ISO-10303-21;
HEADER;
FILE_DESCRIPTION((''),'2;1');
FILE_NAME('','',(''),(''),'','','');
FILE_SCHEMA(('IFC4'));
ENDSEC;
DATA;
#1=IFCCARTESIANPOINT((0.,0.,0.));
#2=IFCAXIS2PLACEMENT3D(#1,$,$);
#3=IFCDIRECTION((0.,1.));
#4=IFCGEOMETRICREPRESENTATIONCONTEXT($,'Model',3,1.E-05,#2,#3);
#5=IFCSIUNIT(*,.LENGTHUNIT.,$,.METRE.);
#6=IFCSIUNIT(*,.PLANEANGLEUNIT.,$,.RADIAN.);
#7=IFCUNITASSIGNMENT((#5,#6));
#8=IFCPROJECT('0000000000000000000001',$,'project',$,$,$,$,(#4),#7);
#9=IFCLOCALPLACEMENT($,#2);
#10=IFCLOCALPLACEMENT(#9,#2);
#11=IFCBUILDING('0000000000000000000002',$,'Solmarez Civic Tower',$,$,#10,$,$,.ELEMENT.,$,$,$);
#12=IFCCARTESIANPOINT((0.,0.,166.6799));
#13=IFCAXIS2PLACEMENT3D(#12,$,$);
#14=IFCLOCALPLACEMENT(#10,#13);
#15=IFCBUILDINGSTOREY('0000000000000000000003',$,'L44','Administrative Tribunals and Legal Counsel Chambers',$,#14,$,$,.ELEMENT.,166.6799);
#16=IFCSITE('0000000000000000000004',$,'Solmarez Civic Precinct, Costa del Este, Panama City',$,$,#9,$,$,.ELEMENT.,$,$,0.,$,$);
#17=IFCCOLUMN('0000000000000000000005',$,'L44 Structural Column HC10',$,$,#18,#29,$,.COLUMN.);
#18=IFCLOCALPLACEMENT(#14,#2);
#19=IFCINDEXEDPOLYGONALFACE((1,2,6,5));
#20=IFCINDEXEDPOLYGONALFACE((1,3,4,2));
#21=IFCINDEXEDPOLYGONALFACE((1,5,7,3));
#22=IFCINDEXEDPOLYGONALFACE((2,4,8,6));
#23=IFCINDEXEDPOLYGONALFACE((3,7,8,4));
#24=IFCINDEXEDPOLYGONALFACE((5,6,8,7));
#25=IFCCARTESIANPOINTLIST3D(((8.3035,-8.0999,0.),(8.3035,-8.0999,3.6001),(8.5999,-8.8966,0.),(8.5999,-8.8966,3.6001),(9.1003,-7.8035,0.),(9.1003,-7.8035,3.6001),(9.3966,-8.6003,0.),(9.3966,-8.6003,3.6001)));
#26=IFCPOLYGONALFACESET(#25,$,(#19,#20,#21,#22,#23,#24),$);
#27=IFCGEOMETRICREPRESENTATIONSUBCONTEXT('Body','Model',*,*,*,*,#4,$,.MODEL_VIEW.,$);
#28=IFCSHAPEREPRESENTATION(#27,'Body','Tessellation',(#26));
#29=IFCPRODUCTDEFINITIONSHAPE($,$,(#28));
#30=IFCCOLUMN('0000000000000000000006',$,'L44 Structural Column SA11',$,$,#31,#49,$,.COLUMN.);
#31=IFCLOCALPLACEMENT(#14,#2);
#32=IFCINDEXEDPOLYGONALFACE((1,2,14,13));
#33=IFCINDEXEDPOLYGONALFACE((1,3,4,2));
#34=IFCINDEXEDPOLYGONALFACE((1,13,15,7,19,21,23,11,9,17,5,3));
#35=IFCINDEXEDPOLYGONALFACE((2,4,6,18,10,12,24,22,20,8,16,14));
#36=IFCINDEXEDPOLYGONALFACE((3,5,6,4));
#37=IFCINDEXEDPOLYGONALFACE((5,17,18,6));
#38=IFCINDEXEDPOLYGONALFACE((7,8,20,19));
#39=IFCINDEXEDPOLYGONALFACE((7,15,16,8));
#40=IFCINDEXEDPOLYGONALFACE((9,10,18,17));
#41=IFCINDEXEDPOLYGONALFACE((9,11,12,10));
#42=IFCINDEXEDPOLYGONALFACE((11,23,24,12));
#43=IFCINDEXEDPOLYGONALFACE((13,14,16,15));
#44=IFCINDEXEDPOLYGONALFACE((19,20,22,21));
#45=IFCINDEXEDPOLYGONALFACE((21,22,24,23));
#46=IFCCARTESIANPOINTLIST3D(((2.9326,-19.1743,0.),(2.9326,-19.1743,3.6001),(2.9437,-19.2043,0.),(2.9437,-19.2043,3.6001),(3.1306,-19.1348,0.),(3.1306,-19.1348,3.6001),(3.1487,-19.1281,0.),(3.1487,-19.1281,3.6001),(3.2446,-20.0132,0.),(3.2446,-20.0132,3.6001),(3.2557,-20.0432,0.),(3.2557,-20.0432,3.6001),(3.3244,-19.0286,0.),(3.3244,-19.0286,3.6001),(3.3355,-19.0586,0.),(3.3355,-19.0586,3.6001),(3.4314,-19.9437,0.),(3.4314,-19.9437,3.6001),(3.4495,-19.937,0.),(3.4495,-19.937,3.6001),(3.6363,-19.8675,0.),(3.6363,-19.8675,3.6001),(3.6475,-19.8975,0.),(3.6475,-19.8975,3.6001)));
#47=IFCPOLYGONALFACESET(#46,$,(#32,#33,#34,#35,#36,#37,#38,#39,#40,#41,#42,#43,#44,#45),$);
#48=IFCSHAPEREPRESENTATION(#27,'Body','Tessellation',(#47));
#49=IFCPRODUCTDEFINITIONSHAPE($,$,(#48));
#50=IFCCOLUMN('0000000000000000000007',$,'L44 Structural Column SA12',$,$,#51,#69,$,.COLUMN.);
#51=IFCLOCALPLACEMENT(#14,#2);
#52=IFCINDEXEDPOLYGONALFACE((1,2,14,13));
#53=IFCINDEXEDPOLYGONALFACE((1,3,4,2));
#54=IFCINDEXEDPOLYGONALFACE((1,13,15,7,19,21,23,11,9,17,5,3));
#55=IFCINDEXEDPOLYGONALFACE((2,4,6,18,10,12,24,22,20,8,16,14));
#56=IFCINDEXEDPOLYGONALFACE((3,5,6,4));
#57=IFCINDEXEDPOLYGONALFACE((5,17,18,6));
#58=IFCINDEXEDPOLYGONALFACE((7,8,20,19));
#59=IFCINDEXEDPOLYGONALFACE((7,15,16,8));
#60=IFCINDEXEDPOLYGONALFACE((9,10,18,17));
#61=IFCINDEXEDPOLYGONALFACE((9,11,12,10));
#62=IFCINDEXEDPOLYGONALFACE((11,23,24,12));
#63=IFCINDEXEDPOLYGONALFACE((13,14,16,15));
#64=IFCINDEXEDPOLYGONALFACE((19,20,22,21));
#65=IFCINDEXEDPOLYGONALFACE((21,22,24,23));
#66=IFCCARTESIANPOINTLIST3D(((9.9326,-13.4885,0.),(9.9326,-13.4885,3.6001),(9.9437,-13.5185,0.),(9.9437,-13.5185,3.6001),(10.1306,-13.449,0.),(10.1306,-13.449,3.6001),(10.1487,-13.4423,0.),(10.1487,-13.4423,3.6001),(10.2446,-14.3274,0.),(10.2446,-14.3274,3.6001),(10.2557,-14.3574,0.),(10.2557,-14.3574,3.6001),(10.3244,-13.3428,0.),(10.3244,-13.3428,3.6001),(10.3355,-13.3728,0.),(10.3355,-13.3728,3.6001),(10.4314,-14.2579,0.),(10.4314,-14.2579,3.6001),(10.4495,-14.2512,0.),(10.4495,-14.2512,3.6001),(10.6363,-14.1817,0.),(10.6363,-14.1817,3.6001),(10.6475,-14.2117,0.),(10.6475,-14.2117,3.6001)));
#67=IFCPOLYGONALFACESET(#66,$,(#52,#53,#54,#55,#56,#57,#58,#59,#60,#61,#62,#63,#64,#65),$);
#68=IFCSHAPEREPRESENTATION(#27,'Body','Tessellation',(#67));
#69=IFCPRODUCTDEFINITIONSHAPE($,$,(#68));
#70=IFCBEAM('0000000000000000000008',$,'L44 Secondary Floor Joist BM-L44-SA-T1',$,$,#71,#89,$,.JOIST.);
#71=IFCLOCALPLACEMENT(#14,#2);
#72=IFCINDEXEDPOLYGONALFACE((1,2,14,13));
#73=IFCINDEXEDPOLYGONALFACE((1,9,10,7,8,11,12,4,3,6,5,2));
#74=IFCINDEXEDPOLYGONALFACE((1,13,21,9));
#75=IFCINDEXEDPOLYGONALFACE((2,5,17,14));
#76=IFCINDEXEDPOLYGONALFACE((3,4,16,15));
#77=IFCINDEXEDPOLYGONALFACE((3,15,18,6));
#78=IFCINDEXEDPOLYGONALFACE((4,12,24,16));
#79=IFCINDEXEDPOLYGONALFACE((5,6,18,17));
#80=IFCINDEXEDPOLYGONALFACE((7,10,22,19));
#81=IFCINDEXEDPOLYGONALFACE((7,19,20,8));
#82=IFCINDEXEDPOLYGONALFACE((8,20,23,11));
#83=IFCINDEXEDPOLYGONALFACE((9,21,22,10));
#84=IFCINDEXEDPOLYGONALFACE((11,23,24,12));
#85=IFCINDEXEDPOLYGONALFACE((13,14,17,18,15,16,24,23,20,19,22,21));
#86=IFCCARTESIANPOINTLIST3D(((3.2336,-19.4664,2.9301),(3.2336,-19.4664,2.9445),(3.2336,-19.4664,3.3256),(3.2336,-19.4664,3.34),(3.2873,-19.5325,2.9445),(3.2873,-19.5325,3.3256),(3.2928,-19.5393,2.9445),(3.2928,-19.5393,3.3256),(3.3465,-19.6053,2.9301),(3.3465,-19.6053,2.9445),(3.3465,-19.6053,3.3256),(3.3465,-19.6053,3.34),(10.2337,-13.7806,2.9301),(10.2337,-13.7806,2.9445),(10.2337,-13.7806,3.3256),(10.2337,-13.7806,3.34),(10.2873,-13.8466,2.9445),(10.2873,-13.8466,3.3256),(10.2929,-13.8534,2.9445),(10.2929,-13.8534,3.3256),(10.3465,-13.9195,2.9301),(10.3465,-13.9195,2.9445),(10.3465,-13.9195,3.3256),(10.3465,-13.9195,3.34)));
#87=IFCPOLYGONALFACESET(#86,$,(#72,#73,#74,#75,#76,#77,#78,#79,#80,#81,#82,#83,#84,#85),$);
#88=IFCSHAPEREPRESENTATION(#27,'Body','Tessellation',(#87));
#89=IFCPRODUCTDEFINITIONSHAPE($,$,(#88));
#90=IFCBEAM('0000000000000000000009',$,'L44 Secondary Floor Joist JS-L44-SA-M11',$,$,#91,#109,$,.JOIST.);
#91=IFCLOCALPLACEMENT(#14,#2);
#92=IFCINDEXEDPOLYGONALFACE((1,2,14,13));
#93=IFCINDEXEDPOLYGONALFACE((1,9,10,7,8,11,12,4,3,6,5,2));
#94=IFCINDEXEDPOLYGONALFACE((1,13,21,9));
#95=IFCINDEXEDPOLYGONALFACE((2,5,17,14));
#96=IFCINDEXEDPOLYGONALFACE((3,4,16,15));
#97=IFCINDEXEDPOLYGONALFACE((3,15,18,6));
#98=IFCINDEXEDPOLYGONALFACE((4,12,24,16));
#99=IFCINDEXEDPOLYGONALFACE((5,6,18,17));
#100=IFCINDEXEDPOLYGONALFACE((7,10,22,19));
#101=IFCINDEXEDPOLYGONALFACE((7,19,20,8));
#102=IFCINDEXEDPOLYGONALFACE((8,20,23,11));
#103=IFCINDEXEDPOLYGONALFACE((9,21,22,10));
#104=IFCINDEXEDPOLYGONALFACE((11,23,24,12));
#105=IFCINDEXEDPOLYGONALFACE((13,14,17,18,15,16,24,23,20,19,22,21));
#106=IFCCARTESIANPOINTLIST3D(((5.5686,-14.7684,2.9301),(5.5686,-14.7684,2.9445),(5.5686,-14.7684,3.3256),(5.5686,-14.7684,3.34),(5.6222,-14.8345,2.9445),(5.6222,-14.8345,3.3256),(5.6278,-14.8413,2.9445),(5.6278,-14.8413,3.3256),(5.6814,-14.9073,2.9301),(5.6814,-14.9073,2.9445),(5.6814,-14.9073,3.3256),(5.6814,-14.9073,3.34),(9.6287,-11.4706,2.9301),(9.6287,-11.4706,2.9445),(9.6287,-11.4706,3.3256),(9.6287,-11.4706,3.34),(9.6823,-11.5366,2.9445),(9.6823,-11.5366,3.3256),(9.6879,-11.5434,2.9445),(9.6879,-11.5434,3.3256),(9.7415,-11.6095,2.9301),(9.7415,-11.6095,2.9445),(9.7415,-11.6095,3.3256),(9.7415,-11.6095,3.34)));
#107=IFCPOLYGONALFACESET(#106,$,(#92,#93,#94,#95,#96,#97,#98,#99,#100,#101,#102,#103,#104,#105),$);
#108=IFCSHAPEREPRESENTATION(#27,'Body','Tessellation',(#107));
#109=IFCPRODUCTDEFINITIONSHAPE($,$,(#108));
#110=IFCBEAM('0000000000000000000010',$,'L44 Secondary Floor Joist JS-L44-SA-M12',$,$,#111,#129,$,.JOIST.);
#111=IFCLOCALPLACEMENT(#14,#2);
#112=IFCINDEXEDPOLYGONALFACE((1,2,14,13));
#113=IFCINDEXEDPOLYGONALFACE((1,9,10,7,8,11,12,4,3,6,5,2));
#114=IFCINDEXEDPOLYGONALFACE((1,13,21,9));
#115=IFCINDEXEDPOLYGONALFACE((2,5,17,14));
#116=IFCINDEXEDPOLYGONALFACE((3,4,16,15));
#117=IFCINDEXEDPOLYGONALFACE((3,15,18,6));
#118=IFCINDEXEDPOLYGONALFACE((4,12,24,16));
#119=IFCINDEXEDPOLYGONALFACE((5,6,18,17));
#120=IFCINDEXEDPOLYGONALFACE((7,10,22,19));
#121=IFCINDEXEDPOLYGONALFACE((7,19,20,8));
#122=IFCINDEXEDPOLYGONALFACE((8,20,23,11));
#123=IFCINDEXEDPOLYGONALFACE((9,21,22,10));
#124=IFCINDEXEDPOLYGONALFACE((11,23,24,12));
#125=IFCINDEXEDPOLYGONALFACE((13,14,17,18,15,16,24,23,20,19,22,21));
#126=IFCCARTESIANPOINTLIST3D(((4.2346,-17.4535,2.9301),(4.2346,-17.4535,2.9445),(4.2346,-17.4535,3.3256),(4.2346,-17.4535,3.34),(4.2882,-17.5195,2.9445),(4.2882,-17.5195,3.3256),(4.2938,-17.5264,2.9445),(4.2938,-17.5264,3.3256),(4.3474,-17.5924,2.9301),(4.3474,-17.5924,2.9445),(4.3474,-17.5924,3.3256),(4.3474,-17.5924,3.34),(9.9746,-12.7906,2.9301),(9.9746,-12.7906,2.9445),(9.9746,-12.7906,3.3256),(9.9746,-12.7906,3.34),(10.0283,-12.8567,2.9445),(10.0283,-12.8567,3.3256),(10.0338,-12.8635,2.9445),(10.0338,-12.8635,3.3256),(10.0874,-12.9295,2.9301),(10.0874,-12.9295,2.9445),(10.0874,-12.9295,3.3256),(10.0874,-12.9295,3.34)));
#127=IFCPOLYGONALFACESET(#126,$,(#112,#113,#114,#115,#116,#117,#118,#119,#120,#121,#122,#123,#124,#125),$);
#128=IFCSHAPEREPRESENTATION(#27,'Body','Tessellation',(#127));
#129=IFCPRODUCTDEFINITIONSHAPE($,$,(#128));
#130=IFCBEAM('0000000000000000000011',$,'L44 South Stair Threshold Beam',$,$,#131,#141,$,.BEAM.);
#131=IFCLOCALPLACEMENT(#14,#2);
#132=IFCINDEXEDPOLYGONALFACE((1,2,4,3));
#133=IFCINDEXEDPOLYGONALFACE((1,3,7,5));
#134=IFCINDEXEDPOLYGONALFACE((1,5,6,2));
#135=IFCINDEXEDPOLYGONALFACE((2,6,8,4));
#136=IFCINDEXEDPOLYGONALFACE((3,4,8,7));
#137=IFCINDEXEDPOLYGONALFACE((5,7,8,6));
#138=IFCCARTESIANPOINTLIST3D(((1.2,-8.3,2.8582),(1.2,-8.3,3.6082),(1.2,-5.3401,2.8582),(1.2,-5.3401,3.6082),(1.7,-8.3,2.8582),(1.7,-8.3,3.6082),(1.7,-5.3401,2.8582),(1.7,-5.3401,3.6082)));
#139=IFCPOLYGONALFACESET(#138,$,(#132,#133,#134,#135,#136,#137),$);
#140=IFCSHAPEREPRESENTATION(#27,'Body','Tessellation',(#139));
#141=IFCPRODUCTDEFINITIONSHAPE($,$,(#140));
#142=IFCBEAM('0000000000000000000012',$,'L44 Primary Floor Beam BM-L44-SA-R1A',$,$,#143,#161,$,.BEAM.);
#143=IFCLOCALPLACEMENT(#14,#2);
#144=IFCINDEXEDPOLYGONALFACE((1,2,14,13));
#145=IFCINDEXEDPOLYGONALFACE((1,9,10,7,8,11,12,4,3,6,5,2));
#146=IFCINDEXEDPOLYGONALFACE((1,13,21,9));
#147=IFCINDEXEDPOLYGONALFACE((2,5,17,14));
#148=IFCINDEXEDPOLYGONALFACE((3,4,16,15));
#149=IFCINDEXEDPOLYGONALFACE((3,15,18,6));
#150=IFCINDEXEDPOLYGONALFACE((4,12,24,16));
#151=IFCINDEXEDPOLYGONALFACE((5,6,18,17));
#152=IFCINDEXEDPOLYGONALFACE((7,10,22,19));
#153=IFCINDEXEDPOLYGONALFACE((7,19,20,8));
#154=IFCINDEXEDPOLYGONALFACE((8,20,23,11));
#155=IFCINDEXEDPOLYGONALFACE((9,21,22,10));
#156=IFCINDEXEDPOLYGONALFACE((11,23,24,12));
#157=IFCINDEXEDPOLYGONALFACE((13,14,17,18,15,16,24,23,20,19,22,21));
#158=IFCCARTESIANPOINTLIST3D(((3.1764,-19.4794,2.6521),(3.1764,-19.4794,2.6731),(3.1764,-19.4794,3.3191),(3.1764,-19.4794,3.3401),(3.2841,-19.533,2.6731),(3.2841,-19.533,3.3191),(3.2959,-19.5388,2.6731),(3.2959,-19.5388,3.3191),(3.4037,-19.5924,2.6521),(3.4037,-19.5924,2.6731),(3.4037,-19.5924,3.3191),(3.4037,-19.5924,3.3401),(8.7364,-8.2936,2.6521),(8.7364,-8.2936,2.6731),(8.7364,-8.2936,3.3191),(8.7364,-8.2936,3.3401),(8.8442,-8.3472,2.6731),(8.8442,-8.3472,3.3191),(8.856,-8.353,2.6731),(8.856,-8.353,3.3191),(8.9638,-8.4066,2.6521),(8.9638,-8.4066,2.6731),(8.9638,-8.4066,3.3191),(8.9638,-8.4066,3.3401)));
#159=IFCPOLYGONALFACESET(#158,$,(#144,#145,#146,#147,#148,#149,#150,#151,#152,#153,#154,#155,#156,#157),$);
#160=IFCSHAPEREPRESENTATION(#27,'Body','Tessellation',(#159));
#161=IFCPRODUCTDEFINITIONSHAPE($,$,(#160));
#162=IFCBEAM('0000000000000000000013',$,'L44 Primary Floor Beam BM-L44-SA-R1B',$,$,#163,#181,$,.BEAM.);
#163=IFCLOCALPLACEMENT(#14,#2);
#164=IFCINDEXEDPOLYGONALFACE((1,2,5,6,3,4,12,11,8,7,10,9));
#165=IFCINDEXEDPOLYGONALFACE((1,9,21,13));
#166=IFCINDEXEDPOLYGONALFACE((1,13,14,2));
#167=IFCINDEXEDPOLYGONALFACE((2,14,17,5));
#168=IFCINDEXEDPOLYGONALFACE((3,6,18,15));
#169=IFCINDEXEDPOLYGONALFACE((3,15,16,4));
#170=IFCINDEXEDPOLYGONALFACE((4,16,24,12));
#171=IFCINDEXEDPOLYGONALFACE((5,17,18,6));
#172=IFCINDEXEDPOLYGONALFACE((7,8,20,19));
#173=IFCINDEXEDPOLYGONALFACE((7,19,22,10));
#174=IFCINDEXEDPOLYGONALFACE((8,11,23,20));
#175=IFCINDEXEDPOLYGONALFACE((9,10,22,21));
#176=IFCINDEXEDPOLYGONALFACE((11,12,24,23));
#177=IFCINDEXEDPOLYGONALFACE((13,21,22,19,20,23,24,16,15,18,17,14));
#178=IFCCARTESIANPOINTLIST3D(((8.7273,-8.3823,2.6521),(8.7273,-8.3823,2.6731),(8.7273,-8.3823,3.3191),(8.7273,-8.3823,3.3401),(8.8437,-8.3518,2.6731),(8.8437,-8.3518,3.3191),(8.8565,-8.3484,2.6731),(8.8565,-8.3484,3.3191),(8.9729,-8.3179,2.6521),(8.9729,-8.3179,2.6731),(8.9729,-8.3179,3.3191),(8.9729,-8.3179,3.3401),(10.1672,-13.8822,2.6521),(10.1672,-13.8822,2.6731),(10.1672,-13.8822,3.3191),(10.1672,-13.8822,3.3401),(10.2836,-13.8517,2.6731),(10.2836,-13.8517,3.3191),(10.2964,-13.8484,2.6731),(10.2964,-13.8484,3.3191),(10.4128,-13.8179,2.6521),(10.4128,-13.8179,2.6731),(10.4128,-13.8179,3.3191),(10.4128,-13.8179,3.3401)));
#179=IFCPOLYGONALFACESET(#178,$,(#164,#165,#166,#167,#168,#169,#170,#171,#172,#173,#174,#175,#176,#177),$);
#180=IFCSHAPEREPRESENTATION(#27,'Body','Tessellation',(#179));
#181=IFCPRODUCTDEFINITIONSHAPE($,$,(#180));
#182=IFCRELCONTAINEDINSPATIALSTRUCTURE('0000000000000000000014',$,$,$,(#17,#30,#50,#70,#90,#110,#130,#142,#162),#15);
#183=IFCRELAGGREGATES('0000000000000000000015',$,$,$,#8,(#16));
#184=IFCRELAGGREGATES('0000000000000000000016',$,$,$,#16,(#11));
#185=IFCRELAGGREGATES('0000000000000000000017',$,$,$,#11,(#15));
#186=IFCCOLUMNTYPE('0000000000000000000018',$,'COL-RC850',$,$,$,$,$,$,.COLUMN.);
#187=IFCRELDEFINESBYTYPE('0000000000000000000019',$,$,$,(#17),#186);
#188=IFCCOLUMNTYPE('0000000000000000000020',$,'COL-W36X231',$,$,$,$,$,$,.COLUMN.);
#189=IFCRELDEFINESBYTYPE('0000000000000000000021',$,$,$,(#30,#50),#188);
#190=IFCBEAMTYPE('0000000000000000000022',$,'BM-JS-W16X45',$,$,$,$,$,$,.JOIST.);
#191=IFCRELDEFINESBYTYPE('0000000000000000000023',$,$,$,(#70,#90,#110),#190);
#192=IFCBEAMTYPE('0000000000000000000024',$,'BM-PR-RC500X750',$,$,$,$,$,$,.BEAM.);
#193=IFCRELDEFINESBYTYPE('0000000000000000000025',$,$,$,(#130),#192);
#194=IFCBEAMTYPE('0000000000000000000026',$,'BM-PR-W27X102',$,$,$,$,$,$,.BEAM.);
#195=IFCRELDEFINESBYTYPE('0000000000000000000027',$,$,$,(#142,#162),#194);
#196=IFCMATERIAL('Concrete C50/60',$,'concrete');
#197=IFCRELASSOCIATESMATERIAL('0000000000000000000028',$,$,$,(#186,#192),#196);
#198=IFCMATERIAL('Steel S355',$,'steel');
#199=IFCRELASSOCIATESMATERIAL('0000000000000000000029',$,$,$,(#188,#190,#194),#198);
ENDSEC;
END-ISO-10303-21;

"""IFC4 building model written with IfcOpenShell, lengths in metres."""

from ifc_helpers import new_model, si_unit, direction, frame, origin, origin_2d, place, context, subcontext, project, spatial, rectangle, i_section, extrude, material, material_profile, profile_set, type_object, element, save


model = new_model("IFC4")

# Units and contexts
model_context = context("Model", 3, precision=1e-05, world=origin(), true_north=direction((0.0, 1.0)))
body_context = subcontext(model_context, "Body", "Model", "MODEL_VIEW")
ifc_project = project(units=[si_unit("LENGTHUNIT", "METRE"), si_unit("PLANEANGLEUNIT", "RADIAN")], contexts=[model_context])

# Site, building, storey
site_placement = place(None, origin())
site = spatial("IfcSite", under=ifc_project, at=site_placement, Name="Solmarez Civic Precinct, Costa del Este, Panama City", CompositionType="ELEMENT", RefElevation=0.0)
building_placement = place(site_placement, origin())
building = spatial("IfcBuilding", under=site, at=building_placement, Name="Solmarez Civic Tower", CompositionType="ELEMENT")
storey_placement = place(building_placement, frame((0.0, 0.0, 166.6799)))
storey = spatial("IfcBuildingStorey", under=building, at=storey_placement, Name="L44", Description="Administrative Tribunals and Legal Counsel Chambers", CompositionType="ELEMENT", Elevation=166.6799)

# Columns
ifc_material_1 = material(Name="Concrete C50/60", Category="concrete")
ifc_material_profile_1 = material_profile(ifc_material_1, rectangle(XDim=0.8501, YDim=0.8501, at=origin_2d()), Name="RC850X850")
ifc_profile_set_1 = profile_set([ifc_material_profile_1], Name="Concrete C50/60")
column_type_1 = type_object("IfcColumnType", Name="COL-RC850", PredefinedType="COLUMN", material=ifc_profile_set_1)
column_placement = place(storey_placement, frame((8.8501, -8.3501, 0.0), z_axis=(0.0, 0.0, 1.0), x_axis=(0.937282, 0.348572, 0.0)))
element("IfcColumn", 1, at=column_placement, inside=storey, type_object=column_type_1, Name="L44 Structural Column HC10", PredefinedType="COLUMN", context=body_context, shape_type="SweptSolid", body=[
    extrude(rectangle(XDim=0.8501, YDim=0.8501, at=origin_2d()), origin(), (0.0, 0.0, 1.0), 3.6001),
])
ifc_material_2 = material(Name="Steel S355", Category="steel")
ifc_material_profile_2 = material_profile(ifc_material_2, i_section(OverallWidth=0.418, OverallDepth=0.927, WebThickness=0.0193, FlangeThickness=0.032, at=origin_2d()), Name="W36X231")
ifc_profile_set_2 = profile_set([ifc_material_profile_2], Name="Steel S355")
column_type_2 = type_object("IfcColumnType", Name="COL-W36X231", PredefinedType="COLUMN", material=ifc_profile_set_2)
for number, where, z_axis, x_axis, name in (
    (2, (3.29, -19.5359, 0.0), (0.0, 0.0, 1.0), (0.937282, 0.348572, 0.0), "L44 Structural Column SA11"),
    (3, (10.29, -13.8501, 0.0), (0.0, 0.0, 1.0), (0.937282, 0.348572, 0.0), "L44 Structural Column SA12"),
):
    element("IfcColumn", number, at=place(storey_placement, frame(where, z_axis=z_axis, x_axis=x_axis)), inside=storey, type_object=column_type_2, Name=name, PredefinedType="COLUMN", context=body_context, shape_type="SweptSolid", body=[
        extrude(i_section(OverallWidth=0.418, OverallDepth=0.927, WebThickness=0.0193, FlangeThickness=0.032, at=origin_2d()), origin(), (0.0, 0.0, 1.0), 3.6001),
    ])

# Beams
ifc_material_profile_3 = material_profile(ifc_material_2, i_section(OverallWidth=0.179, OverallDepth=0.4099, WebThickness=0.0088, FlangeThickness=0.0144, at=origin_2d()), Name="W16X45")
ifc_profile_set_3 = profile_set([ifc_material_profile_3], Name="Steel S355")
beam_type_1 = type_object("IfcBeamType", Name="BM-JS-W16X45", PredefinedType="JOIST", material=ifc_profile_set_3)
beam_1_placement = place(storey_placement, frame((3.29, -19.5359, 3.135), z_axis=(0.776207, 0.630478, 0.0), x_axis=(-0.630478, 0.776207, 0.0)))
element("IfcBeam", 4, at=beam_1_placement, inside=storey, type_object=beam_type_1, Name="L44 Secondary Floor Joist BM-L44-SA-T1", PredefinedType="JOIST", context=body_context, shape_type="SweptSolid", body=[
    extrude(i_section(OverallWidth=0.179, OverallDepth=0.4099, WebThickness=0.0088, FlangeThickness=0.0144, at=origin_2d()), origin(), (0.0, 0.0, 1.0), 9.0183),
])
beam_2_placement = place(storey_placement, frame((5.625, -14.8379, 3.135), z_axis=(0.776203, 0.630484, 0.0), x_axis=(-0.630484, 0.776203, 0.0)))
element("IfcBeam", 5, at=beam_2_placement, inside=storey, type_object=beam_type_1, Name="L44 Secondary Floor Joist JS-L44-SA-M11", PredefinedType="JOIST", context=body_context, shape_type="SweptSolid", body=[
    extrude(i_section(OverallWidth=0.179, OverallDepth=0.4099, WebThickness=0.0088, FlangeThickness=0.0144, at=origin_2d()), origin(), (0.0, 0.0, 1.0), 5.2307),
])
beam_3_placement = place(storey_placement, frame((4.291, -17.5229, 3.135), z_axis=(0.776174, 0.630519, 0.0), x_axis=(-0.630519, 0.776174, 0.0)))
element("IfcBeam", 6, at=beam_3_placement, inside=storey, type_object=beam_type_1, Name="L44 Secondary Floor Joist JS-L44-SA-M12", PredefinedType="JOIST", context=body_context, shape_type="SweptSolid", body=[
    extrude(i_section(OverallWidth=0.179, OverallDepth=0.4099, WebThickness=0.0088, FlangeThickness=0.0144, at=origin_2d()), origin(), (0.0, 0.0, 1.0), 7.3953),
])
ifc_material_profile_4 = material_profile(ifc_material_1, rectangle(XDim=0.5, YDim=0.75, at=origin_2d()), Name="RC500X750")
ifc_profile_set_4 = profile_set([ifc_material_profile_4], Name="Concrete C50/60")
beam_type_2 = type_object("IfcBeamType", Name="BM-PR-RC500X750", PredefinedType="BEAM", material=ifc_profile_set_4)
beam_4_placement = place(storey_placement, frame((1.45, -8.3, 3.2332), z_axis=(0.0, 1.0, 0.0), x_axis=(-1.0, 0.0, 0.0)))
element("IfcBeam", 7, at=beam_4_placement, inside=storey, type_object=beam_type_2, Name="L44 South Stair Threshold Beam", PredefinedType="BEAM", context=body_context, shape_type="SweptSolid", body=[
    extrude(rectangle(XDim=0.5, YDim=0.75, at=origin_2d()), origin(), (0.0, 0.0, 1.0), 2.96),
])
ifc_material_profile_5 = material_profile(ifc_material_2, i_section(OverallWidth=0.2539, OverallDepth=0.688, WebThickness=0.0132, FlangeThickness=0.021, at=origin_2d()), Name="W27X102")
ifc_profile_set_5 = profile_set([ifc_material_profile_5], Name="Steel S355")
beam_type_3 = type_object("IfcBeamType", Name="BM-PR-W27X102", PredefinedType="BEAM", material=ifc_profile_set_5)
beam_5_placement = place(storey_placement, frame((8.8501, -8.3501, 2.9961), z_axis=(-0.445109, -0.895476, 0.0), x_axis=(0.895476, -0.445109, 0.0)))
element("IfcBeam", 8, at=beam_5_placement, inside=storey, type_object=beam_type_3, Name="L44 Primary Floor Beam BM-L44-SA-R1A", PredefinedType="BEAM", context=body_context, shape_type="SweptSolid", body=[
    extrude(i_section(OverallWidth=0.2539, OverallDepth=0.688, WebThickness=0.0132, FlangeThickness=0.021, at=origin_2d()), origin(), (0.0, 0.0, 1.0), 12.4915),
])
beam_6_placement = place(storey_placement, frame((8.8501, -8.3501, 2.9961), z_axis=(0.253271, -0.967395, 0.0), x_axis=(0.967395, 0.253271, 0.0)))
element("IfcBeam", 9, at=beam_6_placement, inside=storey, type_object=beam_type_3, Name="L44 Primary Floor Beam BM-L44-SA-R1B", PredefinedType="BEAM", context=body_context, shape_type="SweptSolid", body=[
    extrude(i_section(OverallWidth=0.2539, OverallDepth=0.688, WebThickness=0.0132, FlangeThickness=0.021, at=origin_2d()), origin(), (0.0, 0.0, 1.0), 5.6853),
])

save(model, "model.ifc")
